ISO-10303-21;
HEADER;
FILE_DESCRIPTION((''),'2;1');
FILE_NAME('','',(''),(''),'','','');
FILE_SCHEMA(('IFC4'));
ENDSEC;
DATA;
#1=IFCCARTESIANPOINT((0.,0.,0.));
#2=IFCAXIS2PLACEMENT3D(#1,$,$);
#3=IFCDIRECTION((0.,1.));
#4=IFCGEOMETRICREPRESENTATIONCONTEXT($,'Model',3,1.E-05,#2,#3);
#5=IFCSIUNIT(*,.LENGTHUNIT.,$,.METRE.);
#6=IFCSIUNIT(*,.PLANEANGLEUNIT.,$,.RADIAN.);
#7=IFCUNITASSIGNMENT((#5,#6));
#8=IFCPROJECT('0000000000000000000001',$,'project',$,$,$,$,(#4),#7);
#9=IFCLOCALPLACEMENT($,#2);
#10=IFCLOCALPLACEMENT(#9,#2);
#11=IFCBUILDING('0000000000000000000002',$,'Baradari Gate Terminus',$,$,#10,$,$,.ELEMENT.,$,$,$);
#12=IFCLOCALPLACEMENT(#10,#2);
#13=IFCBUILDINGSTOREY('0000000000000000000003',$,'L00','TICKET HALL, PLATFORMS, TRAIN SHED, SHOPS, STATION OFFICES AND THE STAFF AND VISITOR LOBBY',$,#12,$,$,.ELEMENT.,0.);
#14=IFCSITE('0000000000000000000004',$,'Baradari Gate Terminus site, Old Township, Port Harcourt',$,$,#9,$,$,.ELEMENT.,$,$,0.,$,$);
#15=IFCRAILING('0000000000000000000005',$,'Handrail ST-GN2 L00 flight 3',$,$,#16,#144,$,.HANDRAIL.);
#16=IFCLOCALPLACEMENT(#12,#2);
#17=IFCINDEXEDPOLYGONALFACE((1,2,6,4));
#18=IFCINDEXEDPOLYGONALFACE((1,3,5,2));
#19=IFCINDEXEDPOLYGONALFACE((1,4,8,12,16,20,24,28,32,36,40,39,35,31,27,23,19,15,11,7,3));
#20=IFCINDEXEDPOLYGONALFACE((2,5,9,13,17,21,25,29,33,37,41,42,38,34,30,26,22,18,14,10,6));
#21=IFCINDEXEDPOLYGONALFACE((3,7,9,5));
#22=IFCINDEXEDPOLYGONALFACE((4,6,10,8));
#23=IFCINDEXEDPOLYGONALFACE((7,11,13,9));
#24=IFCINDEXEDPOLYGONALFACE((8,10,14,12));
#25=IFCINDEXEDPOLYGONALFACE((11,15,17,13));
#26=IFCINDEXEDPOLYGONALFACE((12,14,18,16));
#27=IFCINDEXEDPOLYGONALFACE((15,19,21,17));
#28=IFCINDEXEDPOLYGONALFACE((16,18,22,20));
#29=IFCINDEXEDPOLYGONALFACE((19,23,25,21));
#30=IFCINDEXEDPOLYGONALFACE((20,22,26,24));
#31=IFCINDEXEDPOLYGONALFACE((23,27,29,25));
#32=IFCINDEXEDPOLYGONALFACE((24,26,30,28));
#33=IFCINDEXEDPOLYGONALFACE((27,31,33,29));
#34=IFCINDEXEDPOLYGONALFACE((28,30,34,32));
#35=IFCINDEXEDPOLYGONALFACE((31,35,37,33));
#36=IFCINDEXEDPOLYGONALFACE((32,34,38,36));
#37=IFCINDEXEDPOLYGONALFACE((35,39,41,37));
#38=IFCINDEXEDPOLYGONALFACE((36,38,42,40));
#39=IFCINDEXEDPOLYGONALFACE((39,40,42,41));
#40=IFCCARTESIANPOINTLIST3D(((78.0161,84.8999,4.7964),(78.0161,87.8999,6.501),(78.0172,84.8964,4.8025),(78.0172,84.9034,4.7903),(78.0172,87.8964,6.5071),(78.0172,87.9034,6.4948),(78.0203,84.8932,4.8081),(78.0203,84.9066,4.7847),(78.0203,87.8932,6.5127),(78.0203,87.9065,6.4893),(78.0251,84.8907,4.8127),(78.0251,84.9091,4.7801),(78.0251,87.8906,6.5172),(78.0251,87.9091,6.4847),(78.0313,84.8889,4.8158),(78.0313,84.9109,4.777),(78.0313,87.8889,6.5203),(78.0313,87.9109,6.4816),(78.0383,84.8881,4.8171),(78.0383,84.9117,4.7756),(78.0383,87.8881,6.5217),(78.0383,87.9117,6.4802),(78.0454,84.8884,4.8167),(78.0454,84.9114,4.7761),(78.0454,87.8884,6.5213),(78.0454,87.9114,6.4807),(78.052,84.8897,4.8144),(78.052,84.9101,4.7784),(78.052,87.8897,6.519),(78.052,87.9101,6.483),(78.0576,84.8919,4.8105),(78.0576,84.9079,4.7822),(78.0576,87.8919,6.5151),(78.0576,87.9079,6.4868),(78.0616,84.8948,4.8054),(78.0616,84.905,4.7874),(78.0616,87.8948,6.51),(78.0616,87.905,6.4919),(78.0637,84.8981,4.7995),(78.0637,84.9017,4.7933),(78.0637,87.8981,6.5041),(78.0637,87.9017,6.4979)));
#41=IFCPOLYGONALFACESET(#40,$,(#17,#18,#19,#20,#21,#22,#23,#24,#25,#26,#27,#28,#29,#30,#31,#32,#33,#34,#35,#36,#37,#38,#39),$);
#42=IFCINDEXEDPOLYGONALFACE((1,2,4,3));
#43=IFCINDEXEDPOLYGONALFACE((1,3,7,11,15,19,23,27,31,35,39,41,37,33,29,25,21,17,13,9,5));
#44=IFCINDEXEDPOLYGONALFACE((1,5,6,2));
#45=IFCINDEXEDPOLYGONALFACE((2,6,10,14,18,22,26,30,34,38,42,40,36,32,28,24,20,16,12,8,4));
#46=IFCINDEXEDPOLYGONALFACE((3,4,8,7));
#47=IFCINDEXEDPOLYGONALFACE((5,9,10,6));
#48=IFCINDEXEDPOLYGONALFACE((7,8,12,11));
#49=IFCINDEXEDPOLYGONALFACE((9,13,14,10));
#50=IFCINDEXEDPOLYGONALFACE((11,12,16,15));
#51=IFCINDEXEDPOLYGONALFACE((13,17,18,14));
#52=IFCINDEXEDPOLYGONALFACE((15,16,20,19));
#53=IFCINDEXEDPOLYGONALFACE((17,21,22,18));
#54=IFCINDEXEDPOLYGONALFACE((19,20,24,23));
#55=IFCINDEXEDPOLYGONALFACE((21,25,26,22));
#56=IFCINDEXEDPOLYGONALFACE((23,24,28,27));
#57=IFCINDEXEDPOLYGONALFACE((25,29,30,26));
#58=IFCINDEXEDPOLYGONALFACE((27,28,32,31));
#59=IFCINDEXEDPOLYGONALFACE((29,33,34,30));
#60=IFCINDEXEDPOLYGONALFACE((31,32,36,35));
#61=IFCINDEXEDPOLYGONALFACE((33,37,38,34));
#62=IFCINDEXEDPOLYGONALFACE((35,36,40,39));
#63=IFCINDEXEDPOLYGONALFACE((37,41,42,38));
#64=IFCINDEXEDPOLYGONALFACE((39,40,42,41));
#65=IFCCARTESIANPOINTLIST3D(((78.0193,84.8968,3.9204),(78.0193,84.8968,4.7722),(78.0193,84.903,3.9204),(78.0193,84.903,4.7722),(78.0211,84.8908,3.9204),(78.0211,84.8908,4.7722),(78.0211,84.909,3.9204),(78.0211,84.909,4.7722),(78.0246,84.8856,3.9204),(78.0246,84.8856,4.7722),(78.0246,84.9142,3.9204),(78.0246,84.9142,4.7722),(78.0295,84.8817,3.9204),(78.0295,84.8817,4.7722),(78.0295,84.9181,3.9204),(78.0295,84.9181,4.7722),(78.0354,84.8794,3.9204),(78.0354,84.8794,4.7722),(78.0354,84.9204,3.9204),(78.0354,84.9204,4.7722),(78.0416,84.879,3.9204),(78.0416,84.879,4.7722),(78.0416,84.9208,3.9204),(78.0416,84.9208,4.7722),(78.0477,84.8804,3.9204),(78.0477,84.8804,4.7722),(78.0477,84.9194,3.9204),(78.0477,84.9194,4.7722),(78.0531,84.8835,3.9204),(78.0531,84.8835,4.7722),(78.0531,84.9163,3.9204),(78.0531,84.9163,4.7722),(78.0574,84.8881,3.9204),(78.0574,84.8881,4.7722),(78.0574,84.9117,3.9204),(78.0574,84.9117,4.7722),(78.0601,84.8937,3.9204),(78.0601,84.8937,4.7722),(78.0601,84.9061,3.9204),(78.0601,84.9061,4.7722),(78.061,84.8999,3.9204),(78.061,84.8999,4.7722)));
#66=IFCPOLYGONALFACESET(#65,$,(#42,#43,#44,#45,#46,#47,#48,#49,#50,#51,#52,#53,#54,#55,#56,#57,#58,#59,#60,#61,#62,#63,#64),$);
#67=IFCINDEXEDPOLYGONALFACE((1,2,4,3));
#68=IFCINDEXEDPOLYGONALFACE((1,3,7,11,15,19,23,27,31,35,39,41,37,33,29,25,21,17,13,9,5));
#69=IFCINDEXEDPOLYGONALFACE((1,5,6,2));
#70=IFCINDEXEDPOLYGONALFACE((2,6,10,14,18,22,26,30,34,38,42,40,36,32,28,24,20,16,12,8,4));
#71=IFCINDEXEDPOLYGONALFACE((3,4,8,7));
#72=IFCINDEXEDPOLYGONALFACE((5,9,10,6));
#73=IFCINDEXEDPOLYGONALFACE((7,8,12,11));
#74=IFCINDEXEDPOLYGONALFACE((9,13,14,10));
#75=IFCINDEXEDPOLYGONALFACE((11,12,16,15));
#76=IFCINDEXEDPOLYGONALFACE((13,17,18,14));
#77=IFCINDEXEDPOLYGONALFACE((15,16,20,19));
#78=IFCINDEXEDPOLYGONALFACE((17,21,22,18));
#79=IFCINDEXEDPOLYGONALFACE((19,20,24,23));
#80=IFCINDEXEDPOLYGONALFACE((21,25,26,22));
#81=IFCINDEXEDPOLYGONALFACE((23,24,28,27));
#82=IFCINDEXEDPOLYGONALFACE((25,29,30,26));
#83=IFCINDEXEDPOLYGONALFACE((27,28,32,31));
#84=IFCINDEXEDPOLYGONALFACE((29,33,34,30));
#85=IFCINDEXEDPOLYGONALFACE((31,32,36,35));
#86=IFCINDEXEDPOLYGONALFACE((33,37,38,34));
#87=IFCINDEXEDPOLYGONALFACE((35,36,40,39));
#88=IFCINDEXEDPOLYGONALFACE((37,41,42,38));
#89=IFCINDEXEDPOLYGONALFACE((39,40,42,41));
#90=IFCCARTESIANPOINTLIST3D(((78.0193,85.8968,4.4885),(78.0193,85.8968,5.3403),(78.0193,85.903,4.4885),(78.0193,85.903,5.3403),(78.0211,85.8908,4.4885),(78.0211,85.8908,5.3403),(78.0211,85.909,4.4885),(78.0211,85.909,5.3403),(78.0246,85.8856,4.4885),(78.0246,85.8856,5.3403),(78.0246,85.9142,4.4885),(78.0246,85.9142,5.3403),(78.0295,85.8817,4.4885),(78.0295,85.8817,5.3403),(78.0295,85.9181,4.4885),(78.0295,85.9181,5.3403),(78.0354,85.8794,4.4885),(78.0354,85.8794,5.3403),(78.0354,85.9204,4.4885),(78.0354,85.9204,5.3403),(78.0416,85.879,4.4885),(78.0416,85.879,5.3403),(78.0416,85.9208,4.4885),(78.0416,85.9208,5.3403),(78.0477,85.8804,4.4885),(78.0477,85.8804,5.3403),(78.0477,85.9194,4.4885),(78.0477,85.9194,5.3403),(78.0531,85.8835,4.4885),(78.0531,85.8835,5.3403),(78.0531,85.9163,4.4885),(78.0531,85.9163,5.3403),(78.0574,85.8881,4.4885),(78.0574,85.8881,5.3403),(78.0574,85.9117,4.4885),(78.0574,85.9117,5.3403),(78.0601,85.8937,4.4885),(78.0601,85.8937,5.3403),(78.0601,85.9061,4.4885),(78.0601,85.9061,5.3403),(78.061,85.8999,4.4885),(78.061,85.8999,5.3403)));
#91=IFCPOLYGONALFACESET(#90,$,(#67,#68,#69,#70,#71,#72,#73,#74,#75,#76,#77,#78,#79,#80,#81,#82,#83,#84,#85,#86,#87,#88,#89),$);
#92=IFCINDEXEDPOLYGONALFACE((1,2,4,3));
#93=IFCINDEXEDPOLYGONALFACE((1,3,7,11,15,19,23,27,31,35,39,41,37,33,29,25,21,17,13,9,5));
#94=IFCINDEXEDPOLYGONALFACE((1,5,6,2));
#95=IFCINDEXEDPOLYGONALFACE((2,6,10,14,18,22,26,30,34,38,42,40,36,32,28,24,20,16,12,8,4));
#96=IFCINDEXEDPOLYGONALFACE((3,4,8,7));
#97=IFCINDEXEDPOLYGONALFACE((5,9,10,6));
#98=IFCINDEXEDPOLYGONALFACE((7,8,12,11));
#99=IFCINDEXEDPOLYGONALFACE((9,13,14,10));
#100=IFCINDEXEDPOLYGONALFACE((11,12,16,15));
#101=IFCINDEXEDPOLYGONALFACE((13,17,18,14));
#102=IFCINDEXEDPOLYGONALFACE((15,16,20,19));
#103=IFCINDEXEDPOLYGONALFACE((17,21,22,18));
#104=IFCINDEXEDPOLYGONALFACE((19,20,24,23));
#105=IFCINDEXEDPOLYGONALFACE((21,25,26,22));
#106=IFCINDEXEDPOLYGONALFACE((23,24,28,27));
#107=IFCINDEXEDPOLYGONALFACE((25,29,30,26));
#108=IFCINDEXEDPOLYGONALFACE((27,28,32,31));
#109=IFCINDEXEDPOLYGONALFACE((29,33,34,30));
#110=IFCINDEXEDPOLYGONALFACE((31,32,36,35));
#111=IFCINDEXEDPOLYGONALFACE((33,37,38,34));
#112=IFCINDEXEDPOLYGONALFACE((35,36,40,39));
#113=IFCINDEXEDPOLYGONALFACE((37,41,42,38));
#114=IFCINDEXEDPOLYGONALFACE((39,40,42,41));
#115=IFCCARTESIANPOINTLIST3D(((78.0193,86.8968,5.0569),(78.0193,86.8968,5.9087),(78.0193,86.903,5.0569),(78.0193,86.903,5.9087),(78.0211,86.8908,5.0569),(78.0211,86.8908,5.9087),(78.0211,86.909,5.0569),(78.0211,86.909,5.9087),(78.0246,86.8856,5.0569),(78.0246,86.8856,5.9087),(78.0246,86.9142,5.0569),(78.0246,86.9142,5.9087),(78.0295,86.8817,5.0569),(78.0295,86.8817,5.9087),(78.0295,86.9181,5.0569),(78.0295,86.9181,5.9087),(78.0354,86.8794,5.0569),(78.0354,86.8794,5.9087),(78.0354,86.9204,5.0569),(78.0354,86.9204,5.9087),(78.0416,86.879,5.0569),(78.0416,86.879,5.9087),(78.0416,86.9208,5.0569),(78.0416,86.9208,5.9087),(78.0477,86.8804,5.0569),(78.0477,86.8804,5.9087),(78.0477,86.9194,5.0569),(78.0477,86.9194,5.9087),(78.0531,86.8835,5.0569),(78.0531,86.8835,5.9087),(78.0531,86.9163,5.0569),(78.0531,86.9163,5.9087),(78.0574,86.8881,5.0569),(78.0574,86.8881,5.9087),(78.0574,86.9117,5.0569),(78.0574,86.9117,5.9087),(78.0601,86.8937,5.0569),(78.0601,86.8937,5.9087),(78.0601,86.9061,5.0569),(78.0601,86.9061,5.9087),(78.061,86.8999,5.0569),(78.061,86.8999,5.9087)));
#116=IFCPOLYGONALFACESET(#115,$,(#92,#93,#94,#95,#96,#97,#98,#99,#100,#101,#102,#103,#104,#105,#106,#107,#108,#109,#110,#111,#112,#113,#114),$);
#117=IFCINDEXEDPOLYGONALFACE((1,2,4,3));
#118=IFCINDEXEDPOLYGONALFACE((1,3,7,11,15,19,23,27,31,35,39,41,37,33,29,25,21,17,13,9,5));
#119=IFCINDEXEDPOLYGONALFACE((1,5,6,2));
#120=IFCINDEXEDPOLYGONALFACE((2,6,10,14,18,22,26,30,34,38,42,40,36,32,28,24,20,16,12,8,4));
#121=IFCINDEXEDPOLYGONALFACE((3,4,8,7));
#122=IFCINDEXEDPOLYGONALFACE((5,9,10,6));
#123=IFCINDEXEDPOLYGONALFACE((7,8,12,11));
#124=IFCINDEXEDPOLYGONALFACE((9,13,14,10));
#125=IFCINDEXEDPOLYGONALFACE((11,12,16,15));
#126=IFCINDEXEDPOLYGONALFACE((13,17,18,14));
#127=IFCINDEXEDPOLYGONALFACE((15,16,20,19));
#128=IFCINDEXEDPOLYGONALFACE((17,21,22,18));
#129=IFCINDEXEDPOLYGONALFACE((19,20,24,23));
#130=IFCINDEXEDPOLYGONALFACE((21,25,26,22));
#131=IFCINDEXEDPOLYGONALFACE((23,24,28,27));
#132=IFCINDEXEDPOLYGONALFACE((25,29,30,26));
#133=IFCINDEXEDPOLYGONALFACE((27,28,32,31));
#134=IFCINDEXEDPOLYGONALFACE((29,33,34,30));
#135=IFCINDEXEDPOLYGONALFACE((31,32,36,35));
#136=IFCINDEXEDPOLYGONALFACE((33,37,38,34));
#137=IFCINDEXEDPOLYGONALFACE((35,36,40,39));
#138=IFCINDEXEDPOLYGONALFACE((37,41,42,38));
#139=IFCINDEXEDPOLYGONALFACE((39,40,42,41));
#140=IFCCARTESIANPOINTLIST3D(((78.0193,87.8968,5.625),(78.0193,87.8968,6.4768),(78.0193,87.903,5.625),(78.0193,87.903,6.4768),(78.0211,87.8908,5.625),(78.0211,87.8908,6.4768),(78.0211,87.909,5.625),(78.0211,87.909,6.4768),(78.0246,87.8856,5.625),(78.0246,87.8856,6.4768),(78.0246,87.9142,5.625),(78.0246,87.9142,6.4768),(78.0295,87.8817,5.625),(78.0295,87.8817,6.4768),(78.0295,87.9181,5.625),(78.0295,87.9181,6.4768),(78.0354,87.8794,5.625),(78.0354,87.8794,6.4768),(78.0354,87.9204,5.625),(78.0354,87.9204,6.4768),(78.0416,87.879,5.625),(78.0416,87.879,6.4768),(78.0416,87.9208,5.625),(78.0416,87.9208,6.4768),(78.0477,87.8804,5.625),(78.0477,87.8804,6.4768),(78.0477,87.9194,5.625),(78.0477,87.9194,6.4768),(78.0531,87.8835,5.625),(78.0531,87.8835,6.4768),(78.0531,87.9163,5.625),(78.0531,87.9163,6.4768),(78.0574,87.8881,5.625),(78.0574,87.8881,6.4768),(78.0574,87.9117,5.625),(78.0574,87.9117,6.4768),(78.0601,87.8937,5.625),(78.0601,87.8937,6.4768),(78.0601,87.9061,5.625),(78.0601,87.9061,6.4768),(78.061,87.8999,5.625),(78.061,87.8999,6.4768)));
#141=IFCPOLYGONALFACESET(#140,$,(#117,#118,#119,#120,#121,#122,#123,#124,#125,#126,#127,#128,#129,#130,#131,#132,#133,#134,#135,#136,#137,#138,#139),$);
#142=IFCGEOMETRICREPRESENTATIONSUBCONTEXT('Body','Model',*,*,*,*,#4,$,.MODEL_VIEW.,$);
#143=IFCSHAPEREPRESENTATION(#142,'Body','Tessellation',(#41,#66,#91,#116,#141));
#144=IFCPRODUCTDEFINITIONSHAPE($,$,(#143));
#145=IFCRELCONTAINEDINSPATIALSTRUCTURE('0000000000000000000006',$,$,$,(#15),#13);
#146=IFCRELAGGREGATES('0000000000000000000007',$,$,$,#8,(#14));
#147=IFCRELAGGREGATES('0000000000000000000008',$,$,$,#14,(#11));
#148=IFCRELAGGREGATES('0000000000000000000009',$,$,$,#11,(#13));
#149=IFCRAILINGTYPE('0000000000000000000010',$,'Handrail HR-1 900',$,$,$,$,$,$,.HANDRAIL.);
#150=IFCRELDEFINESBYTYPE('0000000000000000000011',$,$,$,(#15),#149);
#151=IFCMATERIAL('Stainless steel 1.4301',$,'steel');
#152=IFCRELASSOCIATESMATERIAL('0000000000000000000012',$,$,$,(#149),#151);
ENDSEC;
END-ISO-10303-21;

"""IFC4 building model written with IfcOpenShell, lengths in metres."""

from ifc_helpers import new_model, si_unit, direction, frame, origin, origin_2d, place, context, subcontext, project, spatial, circle, extrude, material, type_object, element, save


model = new_model("IFC4")

# Units and contexts
model_context = context("Model", 3, precision=1e-05, world=origin(), true_north=direction((0.0, 1.0)))
body_context = subcontext(model_context, "Body", "Model", "MODEL_VIEW")
ifc_project = project(units=[si_unit("LENGTHUNIT", "METRE"), si_unit("PLANEANGLEUNIT", "RADIAN")], contexts=[model_context])

# Site, building, storey
site_placement = place(None, origin())
site = spatial("IfcSite", under=ifc_project, at=site_placement, Name="Baradari Gate Terminus site, Old Township, Port Harcourt", CompositionType="ELEMENT", RefElevation=0.0)
building_placement = place(site_placement, origin())
building = spatial("IfcBuilding", under=site, at=building_placement, Name="Baradari Gate Terminus", CompositionType="ELEMENT")
storey_placement = place(building_placement, origin())
storey = spatial("IfcBuildingStorey", under=building, at=storey_placement, Name="L00", Description="TICKET HALL, PLATFORMS, TRAIN SHED, SHOPS, STATION OFFICES AND THE STAFF AND VISITOR LOBBY", CompositionType="ELEMENT", Elevation=0.0)

# Railing
ifc_material_1 = material(Name="Stainless steel 1.4301", Category="steel")
railing_type_1 = type_object("IfcRailingType", Name="Handrail HR-1 900", PredefinedType="HANDRAIL", material=ifc_material_1)
for number, where, name in (
    (1, (78.04, 84.8999, 3.9204), "Handrail ST-GN2 L00 flight 3"),
):
    element("IfcRailing", number, at=place(storey_placement, frame(where)), inside=storey, type_object=railing_type_1, Name=name, PredefinedType="HANDRAIL", context=body_context, shape_type="SweptSolid", body=[
        extrude(circle(Radius=0.0239, at=origin_2d()), frame((0.0, 0.0, 0.876), z_axis=(0.0, 0.869451, 0.494019), x_axis=(-1.0, 0.0, 0.0)), (0.0, 0.0, 1.0), 3.4504),
        extrude(circle(Radius=0.021, at=origin_2d()), origin(), (0.0, 0.0, 1.0), 0.8518),
        extrude(circle(Radius=0.021, at=origin_2d()), frame((0.0, 1.0, 0.5681)), (0.0, 0.0, 1.0), 0.8518),
        extrude(circle(Radius=0.021, at=origin_2d()), frame((0.0, 2.0, 1.1365)), (0.0, 0.0, 1.0), 0.8518),
        extrude(circle(Radius=0.021, at=origin_2d()), frame((0.0, 3.0, 1.7046)), (0.0, 0.0, 1.0), 0.8518),
    ])

save(model, "model.ifc")
